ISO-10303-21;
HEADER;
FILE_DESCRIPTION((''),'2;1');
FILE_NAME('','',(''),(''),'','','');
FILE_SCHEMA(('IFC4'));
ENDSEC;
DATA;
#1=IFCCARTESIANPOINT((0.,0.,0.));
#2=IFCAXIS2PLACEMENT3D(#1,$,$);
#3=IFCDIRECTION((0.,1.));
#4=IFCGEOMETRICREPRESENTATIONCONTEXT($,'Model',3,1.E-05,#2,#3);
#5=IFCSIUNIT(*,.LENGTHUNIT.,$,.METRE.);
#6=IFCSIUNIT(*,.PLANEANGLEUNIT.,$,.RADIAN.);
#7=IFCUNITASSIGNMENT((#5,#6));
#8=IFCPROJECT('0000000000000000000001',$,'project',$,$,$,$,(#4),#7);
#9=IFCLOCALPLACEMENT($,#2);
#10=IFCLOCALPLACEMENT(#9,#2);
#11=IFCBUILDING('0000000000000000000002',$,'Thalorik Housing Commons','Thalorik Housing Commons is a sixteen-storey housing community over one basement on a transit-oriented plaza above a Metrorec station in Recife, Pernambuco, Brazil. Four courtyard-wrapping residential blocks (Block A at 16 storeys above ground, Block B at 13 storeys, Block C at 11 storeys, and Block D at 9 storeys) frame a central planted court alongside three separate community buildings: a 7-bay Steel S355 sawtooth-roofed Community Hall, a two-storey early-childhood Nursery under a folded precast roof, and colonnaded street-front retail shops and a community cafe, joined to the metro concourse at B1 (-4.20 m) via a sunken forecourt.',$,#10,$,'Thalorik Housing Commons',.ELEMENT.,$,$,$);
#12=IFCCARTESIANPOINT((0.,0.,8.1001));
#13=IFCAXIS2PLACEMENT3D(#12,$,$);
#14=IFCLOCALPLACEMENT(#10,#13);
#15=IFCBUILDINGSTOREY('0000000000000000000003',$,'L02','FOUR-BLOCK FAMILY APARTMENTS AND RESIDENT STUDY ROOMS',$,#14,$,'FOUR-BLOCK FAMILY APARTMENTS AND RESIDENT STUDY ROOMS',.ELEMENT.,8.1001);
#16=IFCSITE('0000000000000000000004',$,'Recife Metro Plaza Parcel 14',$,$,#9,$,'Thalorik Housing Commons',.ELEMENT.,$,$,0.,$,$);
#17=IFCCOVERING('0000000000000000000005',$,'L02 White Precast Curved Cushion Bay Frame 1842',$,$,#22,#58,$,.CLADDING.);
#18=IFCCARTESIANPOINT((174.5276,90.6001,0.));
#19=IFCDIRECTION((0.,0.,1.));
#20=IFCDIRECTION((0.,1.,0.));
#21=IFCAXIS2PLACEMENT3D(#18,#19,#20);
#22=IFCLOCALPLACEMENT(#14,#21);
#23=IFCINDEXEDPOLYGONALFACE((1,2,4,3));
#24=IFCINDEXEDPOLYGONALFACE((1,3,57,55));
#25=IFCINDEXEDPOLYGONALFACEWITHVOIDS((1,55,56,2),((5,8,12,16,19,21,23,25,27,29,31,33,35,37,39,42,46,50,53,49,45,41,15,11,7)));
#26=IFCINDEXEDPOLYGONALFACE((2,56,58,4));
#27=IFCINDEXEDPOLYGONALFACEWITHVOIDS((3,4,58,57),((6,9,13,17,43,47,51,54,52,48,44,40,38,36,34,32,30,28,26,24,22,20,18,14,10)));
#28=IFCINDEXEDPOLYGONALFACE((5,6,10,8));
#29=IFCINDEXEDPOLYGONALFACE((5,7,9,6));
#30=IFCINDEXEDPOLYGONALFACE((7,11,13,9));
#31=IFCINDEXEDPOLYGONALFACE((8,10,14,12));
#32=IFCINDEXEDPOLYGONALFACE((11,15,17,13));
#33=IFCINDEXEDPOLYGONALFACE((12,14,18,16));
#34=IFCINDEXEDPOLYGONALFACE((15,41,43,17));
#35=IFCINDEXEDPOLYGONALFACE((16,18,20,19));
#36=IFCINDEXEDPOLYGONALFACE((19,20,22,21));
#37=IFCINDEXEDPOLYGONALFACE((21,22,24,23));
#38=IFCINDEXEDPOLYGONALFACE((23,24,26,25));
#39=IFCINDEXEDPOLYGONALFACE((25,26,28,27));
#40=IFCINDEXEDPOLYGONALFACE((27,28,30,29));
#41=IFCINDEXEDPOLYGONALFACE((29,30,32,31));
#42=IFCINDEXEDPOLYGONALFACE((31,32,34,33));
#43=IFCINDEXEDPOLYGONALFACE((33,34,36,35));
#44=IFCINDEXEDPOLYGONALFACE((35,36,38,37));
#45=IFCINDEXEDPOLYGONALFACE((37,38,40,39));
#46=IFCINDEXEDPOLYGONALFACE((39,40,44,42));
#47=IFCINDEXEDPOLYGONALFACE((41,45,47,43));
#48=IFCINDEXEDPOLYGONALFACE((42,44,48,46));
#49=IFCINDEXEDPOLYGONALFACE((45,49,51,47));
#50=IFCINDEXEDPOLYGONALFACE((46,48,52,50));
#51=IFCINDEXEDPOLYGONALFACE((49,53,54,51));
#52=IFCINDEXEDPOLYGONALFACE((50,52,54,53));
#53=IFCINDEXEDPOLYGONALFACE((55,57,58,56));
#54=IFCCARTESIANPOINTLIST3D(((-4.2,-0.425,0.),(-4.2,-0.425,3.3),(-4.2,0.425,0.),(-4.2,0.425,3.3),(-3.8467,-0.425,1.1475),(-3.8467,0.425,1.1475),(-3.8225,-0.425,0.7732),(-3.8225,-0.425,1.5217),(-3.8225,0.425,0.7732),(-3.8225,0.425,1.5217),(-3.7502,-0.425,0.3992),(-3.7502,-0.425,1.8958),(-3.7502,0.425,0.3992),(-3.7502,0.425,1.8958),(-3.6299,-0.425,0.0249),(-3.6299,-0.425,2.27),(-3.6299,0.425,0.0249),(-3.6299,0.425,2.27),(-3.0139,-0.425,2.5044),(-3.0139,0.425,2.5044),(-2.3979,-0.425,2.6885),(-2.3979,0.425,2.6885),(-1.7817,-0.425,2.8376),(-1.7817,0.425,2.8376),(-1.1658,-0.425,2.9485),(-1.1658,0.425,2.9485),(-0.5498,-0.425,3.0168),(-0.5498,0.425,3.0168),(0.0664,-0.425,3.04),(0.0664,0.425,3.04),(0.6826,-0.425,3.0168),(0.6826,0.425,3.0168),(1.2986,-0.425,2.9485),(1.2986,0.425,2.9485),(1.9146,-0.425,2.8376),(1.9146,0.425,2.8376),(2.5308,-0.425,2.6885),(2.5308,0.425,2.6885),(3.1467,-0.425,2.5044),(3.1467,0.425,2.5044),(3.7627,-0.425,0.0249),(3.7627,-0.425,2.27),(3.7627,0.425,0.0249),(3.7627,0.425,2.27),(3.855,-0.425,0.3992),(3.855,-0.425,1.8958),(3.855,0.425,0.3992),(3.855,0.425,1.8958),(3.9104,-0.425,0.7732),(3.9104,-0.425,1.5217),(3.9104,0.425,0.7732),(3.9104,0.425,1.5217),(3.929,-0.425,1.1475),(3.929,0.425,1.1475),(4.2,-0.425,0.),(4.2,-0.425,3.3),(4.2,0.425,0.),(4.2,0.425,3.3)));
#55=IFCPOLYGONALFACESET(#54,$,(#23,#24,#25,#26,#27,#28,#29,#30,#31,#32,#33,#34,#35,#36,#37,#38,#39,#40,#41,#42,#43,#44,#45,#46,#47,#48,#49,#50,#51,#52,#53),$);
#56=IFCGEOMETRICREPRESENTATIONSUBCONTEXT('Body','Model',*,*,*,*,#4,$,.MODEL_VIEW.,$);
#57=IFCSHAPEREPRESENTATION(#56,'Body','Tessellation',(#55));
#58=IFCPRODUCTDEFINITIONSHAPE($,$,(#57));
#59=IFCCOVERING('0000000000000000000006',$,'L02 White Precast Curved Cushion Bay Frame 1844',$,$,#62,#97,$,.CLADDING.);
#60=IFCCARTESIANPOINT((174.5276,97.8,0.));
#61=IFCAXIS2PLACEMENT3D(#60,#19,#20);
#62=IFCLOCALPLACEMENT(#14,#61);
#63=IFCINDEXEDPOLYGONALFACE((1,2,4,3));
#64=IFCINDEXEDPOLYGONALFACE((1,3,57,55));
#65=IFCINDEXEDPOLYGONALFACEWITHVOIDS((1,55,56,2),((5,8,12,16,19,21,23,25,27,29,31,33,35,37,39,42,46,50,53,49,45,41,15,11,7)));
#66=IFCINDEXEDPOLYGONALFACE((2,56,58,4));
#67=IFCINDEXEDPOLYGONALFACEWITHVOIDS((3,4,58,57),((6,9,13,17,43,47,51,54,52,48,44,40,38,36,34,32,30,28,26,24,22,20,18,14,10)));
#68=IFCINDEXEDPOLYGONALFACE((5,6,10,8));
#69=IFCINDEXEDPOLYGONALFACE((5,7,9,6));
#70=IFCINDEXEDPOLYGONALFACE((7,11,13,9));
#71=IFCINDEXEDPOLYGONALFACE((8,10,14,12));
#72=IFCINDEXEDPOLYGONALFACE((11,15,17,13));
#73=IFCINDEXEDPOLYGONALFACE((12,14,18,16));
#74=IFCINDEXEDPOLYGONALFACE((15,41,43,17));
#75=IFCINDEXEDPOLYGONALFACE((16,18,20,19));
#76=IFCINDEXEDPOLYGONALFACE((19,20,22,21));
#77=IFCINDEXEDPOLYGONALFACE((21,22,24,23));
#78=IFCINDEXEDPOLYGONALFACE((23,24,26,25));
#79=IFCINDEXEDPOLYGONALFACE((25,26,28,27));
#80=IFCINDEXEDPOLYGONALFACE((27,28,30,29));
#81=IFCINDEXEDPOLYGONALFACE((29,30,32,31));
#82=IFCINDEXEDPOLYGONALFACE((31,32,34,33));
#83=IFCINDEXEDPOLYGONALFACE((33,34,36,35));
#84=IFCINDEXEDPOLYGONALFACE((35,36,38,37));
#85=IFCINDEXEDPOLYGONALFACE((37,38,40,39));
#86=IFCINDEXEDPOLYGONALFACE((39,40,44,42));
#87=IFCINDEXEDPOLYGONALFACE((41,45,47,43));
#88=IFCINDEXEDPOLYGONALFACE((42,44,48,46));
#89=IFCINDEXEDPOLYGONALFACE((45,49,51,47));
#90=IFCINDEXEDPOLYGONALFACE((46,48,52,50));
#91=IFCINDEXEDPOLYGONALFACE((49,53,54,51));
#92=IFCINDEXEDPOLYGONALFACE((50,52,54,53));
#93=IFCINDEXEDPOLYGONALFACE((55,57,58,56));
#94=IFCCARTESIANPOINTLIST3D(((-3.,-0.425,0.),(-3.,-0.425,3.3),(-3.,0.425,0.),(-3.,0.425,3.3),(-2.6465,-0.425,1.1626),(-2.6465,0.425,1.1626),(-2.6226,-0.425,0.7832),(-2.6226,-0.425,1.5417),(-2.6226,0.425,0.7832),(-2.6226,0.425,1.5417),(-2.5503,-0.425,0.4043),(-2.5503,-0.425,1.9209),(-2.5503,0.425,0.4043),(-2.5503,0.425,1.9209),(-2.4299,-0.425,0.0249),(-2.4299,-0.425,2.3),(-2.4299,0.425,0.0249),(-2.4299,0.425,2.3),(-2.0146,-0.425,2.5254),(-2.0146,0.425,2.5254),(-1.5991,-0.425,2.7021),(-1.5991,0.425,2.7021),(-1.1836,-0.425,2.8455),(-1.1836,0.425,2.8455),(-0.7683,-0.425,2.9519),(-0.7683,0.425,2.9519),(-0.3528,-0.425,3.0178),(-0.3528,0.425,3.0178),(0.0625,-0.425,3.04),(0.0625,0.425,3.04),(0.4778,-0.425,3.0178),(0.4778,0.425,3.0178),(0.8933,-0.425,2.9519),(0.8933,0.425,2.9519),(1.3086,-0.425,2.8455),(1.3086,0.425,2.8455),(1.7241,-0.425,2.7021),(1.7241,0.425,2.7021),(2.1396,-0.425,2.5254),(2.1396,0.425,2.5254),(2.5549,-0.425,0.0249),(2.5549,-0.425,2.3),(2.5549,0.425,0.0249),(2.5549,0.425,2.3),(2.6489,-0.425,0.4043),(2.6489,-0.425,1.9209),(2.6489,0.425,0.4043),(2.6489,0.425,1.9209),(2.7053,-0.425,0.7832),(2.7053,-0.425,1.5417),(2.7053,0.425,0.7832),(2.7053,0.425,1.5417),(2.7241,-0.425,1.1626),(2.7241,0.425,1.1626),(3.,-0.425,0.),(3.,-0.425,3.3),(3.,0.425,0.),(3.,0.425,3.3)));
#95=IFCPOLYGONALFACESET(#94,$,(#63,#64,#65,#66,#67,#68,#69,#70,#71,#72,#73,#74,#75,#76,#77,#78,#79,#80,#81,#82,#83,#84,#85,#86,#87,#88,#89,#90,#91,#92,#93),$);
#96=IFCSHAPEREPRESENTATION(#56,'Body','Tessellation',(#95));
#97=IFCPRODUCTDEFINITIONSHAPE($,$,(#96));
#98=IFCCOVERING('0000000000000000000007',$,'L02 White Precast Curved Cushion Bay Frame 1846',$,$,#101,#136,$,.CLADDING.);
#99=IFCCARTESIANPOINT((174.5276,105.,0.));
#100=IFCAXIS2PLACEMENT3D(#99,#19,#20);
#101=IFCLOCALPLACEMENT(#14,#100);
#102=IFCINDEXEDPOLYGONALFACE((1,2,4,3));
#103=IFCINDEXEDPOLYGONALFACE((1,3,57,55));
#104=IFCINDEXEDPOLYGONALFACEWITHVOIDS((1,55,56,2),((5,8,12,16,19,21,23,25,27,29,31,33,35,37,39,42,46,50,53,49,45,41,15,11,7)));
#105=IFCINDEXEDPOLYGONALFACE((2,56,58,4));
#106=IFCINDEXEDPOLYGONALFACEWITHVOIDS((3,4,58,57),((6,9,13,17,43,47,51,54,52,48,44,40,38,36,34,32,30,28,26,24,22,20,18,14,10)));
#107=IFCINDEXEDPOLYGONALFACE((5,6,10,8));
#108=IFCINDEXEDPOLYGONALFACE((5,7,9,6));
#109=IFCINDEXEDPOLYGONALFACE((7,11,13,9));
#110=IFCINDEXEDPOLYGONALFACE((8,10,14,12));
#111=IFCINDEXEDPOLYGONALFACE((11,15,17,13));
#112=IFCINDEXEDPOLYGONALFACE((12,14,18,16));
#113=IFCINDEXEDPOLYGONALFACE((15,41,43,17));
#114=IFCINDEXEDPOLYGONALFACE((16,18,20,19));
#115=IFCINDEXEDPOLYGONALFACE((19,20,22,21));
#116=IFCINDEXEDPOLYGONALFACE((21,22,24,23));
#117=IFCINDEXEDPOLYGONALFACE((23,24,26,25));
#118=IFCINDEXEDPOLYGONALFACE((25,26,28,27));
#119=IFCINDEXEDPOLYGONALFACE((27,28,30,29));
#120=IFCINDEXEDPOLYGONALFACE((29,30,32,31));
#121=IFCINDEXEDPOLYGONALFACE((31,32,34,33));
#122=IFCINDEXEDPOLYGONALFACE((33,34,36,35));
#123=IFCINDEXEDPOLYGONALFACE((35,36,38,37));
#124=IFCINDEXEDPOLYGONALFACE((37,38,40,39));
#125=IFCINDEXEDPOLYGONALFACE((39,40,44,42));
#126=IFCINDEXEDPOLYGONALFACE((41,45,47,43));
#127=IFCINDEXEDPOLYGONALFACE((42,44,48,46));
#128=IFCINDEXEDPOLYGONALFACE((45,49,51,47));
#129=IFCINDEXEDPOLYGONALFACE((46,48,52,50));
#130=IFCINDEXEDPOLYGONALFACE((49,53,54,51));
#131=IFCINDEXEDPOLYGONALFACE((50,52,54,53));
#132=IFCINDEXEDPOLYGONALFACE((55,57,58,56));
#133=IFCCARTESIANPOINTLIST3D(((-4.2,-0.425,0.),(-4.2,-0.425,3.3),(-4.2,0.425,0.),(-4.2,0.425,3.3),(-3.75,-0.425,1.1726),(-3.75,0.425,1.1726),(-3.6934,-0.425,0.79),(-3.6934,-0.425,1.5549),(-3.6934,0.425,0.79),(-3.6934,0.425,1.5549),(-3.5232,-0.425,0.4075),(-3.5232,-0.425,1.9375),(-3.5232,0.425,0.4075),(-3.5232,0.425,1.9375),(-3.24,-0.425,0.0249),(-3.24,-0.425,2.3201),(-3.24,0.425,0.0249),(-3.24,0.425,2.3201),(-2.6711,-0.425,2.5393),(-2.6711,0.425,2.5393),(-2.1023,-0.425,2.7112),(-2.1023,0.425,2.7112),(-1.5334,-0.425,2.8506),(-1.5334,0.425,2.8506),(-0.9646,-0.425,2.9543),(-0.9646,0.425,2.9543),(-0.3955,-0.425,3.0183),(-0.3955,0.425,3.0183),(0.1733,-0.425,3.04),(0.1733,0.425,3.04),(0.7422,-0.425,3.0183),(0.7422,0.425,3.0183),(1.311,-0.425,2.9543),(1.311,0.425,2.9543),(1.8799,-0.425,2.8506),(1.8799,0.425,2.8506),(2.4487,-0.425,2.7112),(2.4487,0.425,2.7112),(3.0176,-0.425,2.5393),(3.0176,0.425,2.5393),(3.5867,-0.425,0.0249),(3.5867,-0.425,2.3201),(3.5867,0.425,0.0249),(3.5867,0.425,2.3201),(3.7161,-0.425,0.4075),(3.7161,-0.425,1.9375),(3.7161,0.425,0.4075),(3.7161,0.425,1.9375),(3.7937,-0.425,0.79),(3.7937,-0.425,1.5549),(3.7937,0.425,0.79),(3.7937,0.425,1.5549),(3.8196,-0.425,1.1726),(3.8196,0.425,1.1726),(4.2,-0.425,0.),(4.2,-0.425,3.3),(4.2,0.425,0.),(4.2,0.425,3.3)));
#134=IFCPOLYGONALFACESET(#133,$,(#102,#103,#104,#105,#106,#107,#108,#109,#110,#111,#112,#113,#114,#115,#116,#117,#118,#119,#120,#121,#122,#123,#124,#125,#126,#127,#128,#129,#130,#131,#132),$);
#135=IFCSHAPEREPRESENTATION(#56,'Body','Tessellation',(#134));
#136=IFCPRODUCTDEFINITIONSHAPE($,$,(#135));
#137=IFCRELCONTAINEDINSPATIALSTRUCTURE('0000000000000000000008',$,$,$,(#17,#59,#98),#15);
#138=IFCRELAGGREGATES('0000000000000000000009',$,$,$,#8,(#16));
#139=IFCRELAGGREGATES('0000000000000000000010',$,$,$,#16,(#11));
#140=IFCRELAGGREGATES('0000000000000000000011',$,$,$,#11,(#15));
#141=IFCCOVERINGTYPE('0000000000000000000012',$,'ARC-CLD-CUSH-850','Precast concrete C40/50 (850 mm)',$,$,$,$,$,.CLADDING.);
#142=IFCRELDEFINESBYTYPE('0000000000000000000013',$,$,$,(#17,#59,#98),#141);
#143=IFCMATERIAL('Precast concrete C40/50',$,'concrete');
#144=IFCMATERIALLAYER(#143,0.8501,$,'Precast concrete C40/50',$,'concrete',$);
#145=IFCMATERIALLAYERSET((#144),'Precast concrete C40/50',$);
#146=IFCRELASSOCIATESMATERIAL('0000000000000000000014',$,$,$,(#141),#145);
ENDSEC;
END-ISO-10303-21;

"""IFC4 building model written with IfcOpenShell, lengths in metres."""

from ifc_helpers import new_model, si_unit, direction, frame, origin, place, context, subcontext, project, spatial, polyline, outline, extrude, material, layer, layer_set, type_object, element, save


model = new_model("IFC4")

# Units and contexts
model_context = context("Model", 3, precision=1e-05, world=origin(), true_north=direction((0.0, 1.0)))
body_context = subcontext(model_context, "Body", "Model", "MODEL_VIEW")
ifc_project = project(units=[si_unit("LENGTHUNIT", "METRE"), si_unit("PLANEANGLEUNIT", "RADIAN")], contexts=[model_context])

# Site, building, storey
site_placement = place(None, origin())
site = spatial("IfcSite", under=ifc_project, at=site_placement, Name="Recife Metro Plaza Parcel 14", LongName="Thalorik Housing Commons", CompositionType="ELEMENT", RefElevation=0.0)
building_placement = place(site_placement, origin())
building = spatial("IfcBuilding", under=site, at=building_placement, Name="Thalorik Housing Commons", Description="Thalorik Housing Commons is a sixteen-storey housing community over one basement on a transit-oriented plaza above a Metrorec station in Recife, Pernambuco, Brazil. Four courtyard-wrapping residential blocks (Block A at 16 storeys above ground, Block B at 13 storeys, Block C at 11 storeys, and Block D at 9 storeys) frame a central planted court alongside three separate community buildings: a 7-bay Steel S355 sawtooth-roofed Community Hall, a two-storey early-childhood Nursery under a folded precast roof, and colonnaded street-front retail shops and a community cafe, joined to the metro concourse at B1 (-4.20 m) via a sunken forecourt.", LongName="Thalorik Housing Commons", CompositionType="ELEMENT")
storey_placement = place(building_placement, frame((0.0, 0.0, 8.1001)))
storey = spatial("IfcBuildingStorey", under=building, at=storey_placement, Name="L02", Description="FOUR-BLOCK FAMILY APARTMENTS AND RESIDENT STUDY ROOMS", LongName="FOUR-BLOCK FAMILY APARTMENTS AND RESIDENT STUDY ROOMS", CompositionType="ELEMENT", Elevation=8.1001)

# Shared definitions
ifc_material_1 = material(Name="Precast concrete C40/50", Category="concrete")

# Coverings
ifc_layer_1 = layer(ifc_material_1, 0.8501, Name="Precast concrete C40/50", Category="concrete")
ifc_layer_set_1 = layer_set([ifc_layer_1], Name="Precast concrete C40/50")
covering_type_1 = type_object("IfcCoveringType", Name="ARC-CLD-CUSH-850", Description="Precast concrete C40/50 (850 mm)", PredefinedType="CLADDING", material=ifc_layer_set_1)
covering_1_placement = place(storey_placement, frame((174.5276, 90.6001, 0.0), z_axis=(0.0, 0.0, 1.0), x_axis=(0.0, 1.0, 0.0)))
element("IfcCovering", 1, at=covering_1_placement, inside=storey, type_object=covering_type_1, Name="L02 White Precast Curved Cushion Bay Frame 1842", PredefinedType="CLADDING", context=body_context, shape_type="SweptSolid", body=[
    extrude(outline(polyline([(-4.2, 0.0), (4.2, 0.0), (4.2, 3.3), (-4.2, 3.3), (-4.2, 0.0)]), holes=[polyline([(3.7627, 0.0249), (3.855, 0.3992), (3.9104, 0.7732), (3.929, 1.1475), (3.9104, 1.5217), (3.855, 1.8958), (3.7627, 2.27), (3.1467, 2.5044), (2.5308, 2.6885), (1.9146, 2.8376), (1.2986, 2.9485), (0.6826, 3.0168), (0.0664, 3.04), (-0.5498, 3.0168), (-1.1658, 2.9485), (-1.7817, 2.8376), (-2.3979, 2.6885), (-3.0139, 2.5044), (-3.6299, 2.27), (-3.7502, 1.8958), (-3.8225, 1.5217), (-3.8467, 1.1475), (-3.8225, 0.7732), (-3.7502, 0.3992), (-3.6299, 0.0249), (3.7627, 0.0249)])]), frame((0.0, 0.425, 0.0), z_axis=(0.0, -1.0, 0.0), x_axis=(1.0, 0.0, 0.0)), (0.0, 0.0, 1.0), 0.8501),
])
covering_2_placement = place(storey_placement, frame((174.5276, 97.8, 0.0), z_axis=(0.0, 0.0, 1.0), x_axis=(0.0, 1.0, 0.0)))
element("IfcCovering", 2, at=covering_2_placement, inside=storey, type_object=covering_type_1, Name="L02 White Precast Curved Cushion Bay Frame 1844", PredefinedType="CLADDING", context=body_context, shape_type="SweptSolid", body=[
    extrude(outline(polyline([(-3.0, 0.0), (3.0, 0.0), (3.0, 3.3), (-3.0, 3.3), (-3.0, 0.0)]), holes=[polyline([(2.5549, 0.0249), (2.6489, 0.4043), (2.7053, 0.7832), (2.7241, 1.1626), (2.7053, 1.5417), (2.6489, 1.9209), (2.5549, 2.3), (2.1396, 2.5254), (1.7241, 2.7021), (1.3086, 2.8455), (0.8933, 2.9519), (0.4778, 3.0178), (0.0625, 3.04), (-0.3528, 3.0178), (-0.7683, 2.9519), (-1.1836, 2.8455), (-1.5991, 2.7021), (-2.0146, 2.5254), (-2.4299, 2.3), (-2.5503, 1.9209), (-2.6226, 1.5417), (-2.6465, 1.1626), (-2.6226, 0.7832), (-2.5503, 0.4043), (-2.4299, 0.0249), (2.5549, 0.0249)])]), frame((0.0, 0.425, 0.0), z_axis=(0.0, -1.0, 0.0), x_axis=(1.0, 0.0, 0.0)), (0.0, 0.0, 1.0), 0.8501),
])
covering_3_placement = place(storey_placement, frame((174.5276, 105.0, 0.0), z_axis=(0.0, 0.0, 1.0), x_axis=(0.0, 1.0, 0.0)))
element("IfcCovering", 3, at=covering_3_placement, inside=storey, type_object=covering_type_1, Name="L02 White Precast Curved Cushion Bay Frame 1846", PredefinedType="CLADDING", context=body_context, shape_type="SweptSolid", body=[
    extrude(outline(polyline([(-4.2, 0.0), (4.2, 0.0), (4.2, 3.3), (-4.2, 3.3), (-4.2, 0.0)]), holes=[polyline([(3.5867, 0.0249), (3.7161, 0.4075), (3.7937, 0.79), (3.8196, 1.1726), (3.7937, 1.5549), (3.7161, 1.9375), (3.5867, 2.3201), (3.0176, 2.5393), (2.4487, 2.7112), (1.8799, 2.8506), (1.311, 2.9543), (0.7422, 3.0183), (0.1733, 3.04), (-0.3955, 3.0183), (-0.9646, 2.9543), (-1.5334, 2.8506), (-2.1023, 2.7112), (-2.6711, 2.5393), (-3.24, 2.3201), (-3.5232, 1.9375), (-3.6934, 1.5549), (-3.75, 1.1726), (-3.6934, 0.79), (-3.5232, 0.4075), (-3.24, 0.0249), (3.5867, 0.0249)])]), frame((0.0, 0.425, 0.0), z_axis=(0.0, -1.0, 0.0), x_axis=(1.0, 0.0, 0.0)), (0.0, 0.0, 1.0), 0.8501),
])

save(model, "model.ifc")
